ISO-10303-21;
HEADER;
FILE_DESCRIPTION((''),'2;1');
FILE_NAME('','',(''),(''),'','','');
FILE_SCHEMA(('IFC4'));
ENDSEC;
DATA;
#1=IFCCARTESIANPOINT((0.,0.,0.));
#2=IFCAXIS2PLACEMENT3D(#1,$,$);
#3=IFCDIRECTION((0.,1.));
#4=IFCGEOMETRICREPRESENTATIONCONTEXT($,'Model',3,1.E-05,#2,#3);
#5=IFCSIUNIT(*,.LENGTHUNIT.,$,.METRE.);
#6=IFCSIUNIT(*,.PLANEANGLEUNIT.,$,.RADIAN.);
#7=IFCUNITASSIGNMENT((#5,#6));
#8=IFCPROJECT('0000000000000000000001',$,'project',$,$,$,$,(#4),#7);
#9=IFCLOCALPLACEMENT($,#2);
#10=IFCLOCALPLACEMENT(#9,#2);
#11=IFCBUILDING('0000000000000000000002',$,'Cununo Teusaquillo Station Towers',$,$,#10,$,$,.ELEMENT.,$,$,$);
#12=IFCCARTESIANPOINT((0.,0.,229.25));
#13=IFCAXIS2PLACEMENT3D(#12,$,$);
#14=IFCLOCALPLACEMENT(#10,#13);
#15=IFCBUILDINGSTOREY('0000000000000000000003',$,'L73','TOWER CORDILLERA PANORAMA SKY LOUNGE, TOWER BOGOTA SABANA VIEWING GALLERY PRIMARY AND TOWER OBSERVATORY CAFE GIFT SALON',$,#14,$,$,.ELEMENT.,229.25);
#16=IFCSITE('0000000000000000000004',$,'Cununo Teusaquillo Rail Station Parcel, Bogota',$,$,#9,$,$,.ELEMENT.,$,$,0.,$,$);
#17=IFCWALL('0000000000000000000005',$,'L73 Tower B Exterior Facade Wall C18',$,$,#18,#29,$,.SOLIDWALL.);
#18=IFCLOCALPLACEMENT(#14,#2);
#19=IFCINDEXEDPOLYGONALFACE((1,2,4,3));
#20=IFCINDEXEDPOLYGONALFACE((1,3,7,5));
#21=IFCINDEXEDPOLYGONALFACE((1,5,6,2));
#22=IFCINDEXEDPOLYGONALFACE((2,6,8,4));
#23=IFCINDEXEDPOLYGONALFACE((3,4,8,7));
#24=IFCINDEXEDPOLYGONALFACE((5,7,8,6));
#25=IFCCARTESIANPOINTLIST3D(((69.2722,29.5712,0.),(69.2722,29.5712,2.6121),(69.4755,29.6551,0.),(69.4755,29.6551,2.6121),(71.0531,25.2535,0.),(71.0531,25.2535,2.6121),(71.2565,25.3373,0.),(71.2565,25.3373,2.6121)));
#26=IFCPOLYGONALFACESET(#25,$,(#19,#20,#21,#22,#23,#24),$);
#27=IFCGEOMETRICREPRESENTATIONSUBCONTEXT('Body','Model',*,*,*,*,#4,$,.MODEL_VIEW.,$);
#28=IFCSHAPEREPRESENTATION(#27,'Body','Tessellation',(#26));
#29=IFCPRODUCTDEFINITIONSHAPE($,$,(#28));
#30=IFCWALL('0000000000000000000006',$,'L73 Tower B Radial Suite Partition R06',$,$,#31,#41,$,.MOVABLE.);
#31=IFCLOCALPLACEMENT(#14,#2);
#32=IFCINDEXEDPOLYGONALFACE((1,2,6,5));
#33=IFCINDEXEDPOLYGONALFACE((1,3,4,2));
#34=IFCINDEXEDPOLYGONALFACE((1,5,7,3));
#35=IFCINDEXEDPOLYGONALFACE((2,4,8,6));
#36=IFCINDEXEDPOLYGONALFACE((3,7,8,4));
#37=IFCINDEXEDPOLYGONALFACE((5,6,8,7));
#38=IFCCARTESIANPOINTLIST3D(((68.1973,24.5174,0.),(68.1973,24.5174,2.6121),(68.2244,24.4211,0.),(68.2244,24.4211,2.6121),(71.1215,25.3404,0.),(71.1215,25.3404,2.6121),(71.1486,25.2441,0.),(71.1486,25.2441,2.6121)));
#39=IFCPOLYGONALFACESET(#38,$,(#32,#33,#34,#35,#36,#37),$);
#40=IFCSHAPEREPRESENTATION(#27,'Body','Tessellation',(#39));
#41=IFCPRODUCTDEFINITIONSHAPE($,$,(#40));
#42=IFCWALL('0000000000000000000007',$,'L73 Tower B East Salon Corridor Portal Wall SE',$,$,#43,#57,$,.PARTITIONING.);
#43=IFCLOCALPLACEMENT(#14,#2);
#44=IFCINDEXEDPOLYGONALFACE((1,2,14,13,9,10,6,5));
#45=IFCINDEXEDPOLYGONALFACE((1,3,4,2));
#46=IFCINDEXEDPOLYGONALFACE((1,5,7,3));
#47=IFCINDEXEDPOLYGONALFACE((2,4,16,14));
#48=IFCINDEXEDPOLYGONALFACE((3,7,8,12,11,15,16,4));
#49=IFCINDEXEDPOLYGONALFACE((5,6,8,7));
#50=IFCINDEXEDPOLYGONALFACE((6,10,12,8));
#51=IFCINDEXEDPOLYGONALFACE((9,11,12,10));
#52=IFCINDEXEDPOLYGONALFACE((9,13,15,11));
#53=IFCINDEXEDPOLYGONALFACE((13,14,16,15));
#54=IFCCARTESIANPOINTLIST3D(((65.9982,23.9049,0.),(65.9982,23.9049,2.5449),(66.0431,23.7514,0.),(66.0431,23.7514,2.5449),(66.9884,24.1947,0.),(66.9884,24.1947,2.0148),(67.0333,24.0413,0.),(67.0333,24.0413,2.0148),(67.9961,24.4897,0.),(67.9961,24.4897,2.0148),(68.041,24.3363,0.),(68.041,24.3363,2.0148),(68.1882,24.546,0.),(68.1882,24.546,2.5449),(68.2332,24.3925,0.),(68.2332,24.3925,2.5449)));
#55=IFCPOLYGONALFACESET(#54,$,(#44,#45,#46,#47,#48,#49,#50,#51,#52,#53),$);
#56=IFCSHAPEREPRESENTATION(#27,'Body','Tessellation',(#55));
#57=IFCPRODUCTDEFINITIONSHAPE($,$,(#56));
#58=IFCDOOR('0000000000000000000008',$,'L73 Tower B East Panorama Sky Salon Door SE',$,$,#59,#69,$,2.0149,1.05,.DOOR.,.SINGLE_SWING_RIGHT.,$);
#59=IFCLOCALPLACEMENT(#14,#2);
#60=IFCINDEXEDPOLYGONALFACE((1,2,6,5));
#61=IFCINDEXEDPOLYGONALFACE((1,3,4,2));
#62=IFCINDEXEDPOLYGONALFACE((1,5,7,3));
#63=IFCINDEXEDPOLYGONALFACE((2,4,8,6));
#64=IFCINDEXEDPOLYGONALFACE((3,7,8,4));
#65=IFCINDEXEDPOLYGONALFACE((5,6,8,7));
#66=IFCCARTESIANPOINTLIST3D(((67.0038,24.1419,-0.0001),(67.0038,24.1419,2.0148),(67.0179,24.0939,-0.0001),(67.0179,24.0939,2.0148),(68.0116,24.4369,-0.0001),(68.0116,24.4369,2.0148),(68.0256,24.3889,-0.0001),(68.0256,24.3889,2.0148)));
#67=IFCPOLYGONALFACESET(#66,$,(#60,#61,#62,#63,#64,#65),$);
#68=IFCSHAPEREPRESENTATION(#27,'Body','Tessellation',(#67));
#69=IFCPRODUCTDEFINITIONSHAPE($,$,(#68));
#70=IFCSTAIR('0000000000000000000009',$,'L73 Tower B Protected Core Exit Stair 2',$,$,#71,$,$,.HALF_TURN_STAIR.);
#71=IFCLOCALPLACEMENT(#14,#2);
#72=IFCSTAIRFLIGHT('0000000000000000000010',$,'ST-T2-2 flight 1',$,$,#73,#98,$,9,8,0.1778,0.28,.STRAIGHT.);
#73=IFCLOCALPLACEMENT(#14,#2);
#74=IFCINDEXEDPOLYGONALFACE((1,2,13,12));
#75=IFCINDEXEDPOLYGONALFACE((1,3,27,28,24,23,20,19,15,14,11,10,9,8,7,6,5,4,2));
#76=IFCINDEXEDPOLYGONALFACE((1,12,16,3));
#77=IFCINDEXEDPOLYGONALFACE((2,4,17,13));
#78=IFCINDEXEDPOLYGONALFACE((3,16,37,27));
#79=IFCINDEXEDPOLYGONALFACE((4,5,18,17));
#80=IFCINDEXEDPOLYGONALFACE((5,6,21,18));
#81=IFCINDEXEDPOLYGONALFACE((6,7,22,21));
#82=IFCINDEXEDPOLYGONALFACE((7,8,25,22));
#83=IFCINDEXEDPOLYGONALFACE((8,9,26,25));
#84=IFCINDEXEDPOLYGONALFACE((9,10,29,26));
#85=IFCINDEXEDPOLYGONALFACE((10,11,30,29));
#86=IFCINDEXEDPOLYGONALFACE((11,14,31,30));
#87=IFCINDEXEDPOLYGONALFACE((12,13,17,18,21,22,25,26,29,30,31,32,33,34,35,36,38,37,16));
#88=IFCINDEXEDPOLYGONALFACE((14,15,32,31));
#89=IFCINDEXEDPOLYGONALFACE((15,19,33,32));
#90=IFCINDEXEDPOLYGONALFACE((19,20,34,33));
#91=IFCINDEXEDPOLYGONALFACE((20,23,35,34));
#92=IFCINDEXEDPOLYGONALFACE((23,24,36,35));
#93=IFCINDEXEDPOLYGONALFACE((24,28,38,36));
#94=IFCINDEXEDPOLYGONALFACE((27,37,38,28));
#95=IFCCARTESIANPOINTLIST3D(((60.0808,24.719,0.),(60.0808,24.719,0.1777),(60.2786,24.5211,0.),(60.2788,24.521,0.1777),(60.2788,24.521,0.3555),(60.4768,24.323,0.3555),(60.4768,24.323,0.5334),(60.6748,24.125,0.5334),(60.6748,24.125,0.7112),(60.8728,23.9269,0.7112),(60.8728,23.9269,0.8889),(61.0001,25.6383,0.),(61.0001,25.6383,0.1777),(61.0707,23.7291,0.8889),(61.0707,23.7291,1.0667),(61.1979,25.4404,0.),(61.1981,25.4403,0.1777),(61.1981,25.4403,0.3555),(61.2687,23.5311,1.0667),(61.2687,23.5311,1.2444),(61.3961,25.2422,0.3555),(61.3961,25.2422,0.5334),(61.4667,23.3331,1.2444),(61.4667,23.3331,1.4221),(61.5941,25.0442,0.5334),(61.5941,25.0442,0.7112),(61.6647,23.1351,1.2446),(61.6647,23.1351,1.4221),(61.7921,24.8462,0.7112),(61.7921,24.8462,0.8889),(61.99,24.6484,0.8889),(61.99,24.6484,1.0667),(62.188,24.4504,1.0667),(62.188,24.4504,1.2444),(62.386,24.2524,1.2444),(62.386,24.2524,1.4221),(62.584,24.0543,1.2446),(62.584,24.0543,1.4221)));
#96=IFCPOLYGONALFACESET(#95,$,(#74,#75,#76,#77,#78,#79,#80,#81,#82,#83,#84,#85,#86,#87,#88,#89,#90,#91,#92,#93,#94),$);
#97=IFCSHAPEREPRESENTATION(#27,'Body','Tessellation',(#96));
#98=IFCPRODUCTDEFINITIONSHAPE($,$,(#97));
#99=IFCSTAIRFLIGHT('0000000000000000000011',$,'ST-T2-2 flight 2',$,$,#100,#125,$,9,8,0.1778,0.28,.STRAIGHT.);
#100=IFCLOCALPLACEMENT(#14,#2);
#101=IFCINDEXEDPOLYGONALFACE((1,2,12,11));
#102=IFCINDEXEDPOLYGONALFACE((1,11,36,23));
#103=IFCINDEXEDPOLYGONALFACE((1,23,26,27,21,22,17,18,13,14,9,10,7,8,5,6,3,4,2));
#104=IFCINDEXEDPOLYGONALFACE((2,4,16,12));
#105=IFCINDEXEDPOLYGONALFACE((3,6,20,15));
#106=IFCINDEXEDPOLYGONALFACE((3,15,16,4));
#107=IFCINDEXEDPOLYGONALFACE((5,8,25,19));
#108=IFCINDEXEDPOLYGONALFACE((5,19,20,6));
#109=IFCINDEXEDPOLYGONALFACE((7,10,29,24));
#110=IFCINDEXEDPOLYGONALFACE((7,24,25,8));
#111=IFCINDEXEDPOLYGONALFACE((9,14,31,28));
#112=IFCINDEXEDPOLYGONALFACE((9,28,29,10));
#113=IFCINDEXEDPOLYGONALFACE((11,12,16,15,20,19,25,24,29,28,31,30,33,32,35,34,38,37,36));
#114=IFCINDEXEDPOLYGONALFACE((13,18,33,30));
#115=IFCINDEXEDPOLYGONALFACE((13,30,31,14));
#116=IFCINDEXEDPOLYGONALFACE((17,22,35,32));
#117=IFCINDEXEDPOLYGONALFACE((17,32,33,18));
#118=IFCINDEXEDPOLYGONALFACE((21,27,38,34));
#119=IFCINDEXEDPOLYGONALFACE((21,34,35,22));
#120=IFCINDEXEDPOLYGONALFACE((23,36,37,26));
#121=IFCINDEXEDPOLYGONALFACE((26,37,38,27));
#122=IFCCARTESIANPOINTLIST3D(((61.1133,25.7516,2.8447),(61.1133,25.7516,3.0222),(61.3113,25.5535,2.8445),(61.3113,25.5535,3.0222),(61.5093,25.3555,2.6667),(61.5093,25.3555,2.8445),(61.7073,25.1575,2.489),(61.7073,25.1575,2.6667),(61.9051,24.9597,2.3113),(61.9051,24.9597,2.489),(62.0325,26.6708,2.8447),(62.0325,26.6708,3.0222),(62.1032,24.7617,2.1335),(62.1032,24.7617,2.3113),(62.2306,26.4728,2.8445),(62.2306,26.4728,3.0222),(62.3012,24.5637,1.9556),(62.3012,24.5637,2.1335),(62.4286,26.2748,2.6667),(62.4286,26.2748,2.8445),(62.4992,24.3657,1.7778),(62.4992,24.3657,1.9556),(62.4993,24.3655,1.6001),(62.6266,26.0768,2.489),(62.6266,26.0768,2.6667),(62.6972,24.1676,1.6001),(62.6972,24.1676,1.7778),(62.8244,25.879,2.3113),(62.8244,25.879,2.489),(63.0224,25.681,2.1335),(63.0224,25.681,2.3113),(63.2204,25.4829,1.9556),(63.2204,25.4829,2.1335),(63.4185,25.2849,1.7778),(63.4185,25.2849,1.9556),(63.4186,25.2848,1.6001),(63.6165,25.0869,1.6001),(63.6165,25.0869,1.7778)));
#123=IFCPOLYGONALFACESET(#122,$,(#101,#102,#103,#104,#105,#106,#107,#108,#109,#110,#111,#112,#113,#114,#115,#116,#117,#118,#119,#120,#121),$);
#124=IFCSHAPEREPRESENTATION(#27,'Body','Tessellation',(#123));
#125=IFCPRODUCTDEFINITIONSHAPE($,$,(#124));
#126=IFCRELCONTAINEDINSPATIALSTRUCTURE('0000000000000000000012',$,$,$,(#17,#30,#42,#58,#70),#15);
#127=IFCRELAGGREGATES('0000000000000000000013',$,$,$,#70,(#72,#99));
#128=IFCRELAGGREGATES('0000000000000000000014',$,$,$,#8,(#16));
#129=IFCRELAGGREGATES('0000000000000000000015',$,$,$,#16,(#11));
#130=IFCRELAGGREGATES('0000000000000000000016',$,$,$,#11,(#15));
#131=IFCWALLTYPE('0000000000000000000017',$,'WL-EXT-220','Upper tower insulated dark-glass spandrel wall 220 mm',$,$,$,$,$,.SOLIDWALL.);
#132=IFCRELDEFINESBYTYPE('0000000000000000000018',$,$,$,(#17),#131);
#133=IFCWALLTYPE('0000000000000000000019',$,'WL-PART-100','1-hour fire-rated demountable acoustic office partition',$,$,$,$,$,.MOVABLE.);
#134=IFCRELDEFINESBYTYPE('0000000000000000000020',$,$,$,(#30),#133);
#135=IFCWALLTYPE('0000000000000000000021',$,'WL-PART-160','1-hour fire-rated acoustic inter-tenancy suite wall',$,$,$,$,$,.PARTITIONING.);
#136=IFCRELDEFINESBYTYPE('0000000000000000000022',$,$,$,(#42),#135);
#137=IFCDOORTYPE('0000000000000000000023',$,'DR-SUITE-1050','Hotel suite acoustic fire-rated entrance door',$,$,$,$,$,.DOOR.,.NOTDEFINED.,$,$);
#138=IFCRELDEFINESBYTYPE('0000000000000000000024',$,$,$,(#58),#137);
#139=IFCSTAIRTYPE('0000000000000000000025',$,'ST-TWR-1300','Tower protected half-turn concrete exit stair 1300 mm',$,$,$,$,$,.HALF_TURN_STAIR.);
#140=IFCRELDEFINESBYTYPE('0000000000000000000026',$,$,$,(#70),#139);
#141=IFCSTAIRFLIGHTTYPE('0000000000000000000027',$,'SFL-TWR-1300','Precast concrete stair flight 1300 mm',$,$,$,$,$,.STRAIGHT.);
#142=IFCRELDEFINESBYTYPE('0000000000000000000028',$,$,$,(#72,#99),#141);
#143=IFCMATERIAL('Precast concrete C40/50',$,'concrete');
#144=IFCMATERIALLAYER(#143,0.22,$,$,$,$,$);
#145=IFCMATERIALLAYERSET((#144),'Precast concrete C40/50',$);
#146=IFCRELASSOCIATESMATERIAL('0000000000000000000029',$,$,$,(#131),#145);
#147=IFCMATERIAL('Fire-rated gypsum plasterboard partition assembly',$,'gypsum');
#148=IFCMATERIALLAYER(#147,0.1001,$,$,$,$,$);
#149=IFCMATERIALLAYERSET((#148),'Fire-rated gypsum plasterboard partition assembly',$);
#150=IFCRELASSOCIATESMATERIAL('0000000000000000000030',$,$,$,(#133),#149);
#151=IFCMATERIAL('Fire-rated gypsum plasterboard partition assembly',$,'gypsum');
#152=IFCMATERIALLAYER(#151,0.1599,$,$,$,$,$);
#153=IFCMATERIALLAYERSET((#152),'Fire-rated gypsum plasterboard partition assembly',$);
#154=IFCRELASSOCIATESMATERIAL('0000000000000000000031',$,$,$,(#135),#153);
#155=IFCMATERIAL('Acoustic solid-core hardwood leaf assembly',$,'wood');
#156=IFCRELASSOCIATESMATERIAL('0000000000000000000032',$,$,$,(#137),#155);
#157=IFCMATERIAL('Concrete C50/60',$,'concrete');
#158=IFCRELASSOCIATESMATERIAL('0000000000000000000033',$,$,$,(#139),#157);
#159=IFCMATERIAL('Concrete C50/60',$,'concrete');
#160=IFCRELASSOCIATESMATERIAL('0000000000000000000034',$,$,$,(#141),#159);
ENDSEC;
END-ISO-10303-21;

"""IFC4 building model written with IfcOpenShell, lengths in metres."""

from ifc_helpers import new_model, si_unit, direction, frame, frame_2d, origin, place, context, subcontext, project, spatial, polyline, rectangle, outline, extrude, source, transform, mapped, material, layer, layer_set, type_object, element, fill, aggregate, save


model = new_model("IFC4")

# Units and contexts
model_context = context("Model", 3, precision=1e-05, world=origin(), true_north=direction((0.0, 1.0)))
body_context = subcontext(model_context, "Body", "Model", "MODEL_VIEW")
ifc_project = project(units=[si_unit("LENGTHUNIT", "METRE"), si_unit("PLANEANGLEUNIT", "RADIAN")], contexts=[model_context])

# Site, building, storey
site_placement = place(None, origin())
site = spatial("IfcSite", under=ifc_project, at=site_placement, Name="Cununo Teusaquillo Rail Station Parcel, Bogota", CompositionType="ELEMENT", RefElevation=0.0)
building_placement = place(site_placement, origin())
building = spatial("IfcBuilding", under=site, at=building_placement, Name="Cununo Teusaquillo Station Towers", CompositionType="ELEMENT")
storey_placement = place(building_placement, frame((0.0, 0.0, 229.25)))
storey = spatial("IfcBuildingStorey", under=building, at=storey_placement, Name="L73", Description="TOWER CORDILLERA PANORAMA SKY LOUNGE, TOWER BOGOTA SABANA VIEWING GALLERY PRIMARY AND TOWER OBSERVATORY CAFE GIFT SALON", CompositionType="ELEMENT", Elevation=229.25)

# Shared definitions
ifc_material_1 = material(Name="Precast concrete C40/50", Category="concrete")
ifc_layer_1 = layer(ifc_material_1, 0.22)
ifc_layer_set_1 = layer_set([ifc_layer_1], Name="Precast concrete C40/50")
wall_type_1 = type_object("IfcWallType", Name="WL-EXT-220", Description="Upper tower insulated dark-glass spandrel wall 220 mm", PredefinedType="SOLIDWALL", material=ifc_layer_set_1)

# Walls
wall_1_placement = place(storey_placement, frame((69.3738, 29.6133, 0.0), z_axis=(0.0, 0.0, 1.0), x_axis=(0.38131, -0.924447, 0.0)))
element("IfcWall", 1, at=wall_1_placement, inside=storey, type_object=wall_type_1, Name="L73 Tower B Exterior Facade Wall C18", PredefinedType="SOLIDWALL", context=body_context, shape_type="SweptSolid", body=[
    extrude(rectangle(XDim=4.6707, YDim=0.22, at=frame_2d((2.3354, 0.0))), origin(), (0.0, 0.0, 1.0), 2.6121),
])
ifc_material_2 = material(Name="Fire-rated gypsum plasterboard partition assembly", Category="gypsum")
ifc_layer_2 = layer(ifc_material_2, 0.1001)
ifc_layer_set_2 = layer_set([ifc_layer_2], Name="Fire-rated gypsum plasterboard partition assembly")
wall_type_2 = type_object("IfcWallType", Name="WL-PART-100", Description="1-hour fire-rated demountable acoustic office partition", PredefinedType="MOVABLE", material=ifc_layer_set_2)
wall_2_placement = place(storey_placement, frame((68.2107, 24.4692, 0.0), z_axis=(0.0, 0.0, 1.0), x_axis=(0.962605, 0.270908, 0.0)))
element("IfcWall", 2, at=wall_2_placement, inside=storey, type_object=wall_type_2, Name="L73 Tower B Radial Suite Partition R06", PredefinedType="MOVABLE", context=body_context, shape_type="SweptSolid", body=[
    extrude(rectangle(XDim=3.0378, YDim=0.1001, at=frame_2d((1.519, 0.0))), origin(), (0.0, 0.0, 1.0), 2.6121),
])

# Wall, opening, door
ifc_material_3 = material(Name="Fire-rated gypsum plasterboard partition assembly", Category="gypsum")
ifc_layer_3 = layer(ifc_material_3, 0.1599)
ifc_layer_set_3 = layer_set([ifc_layer_3], Name="Fire-rated gypsum plasterboard partition assembly")
wall_type_3 = type_object("IfcWallType", Name="WL-PART-160", Description="1-hour fire-rated acoustic inter-tenancy suite wall", PredefinedType="PARTITIONING", material=ifc_layer_set_3)
wall_3_placement = place(storey_placement, frame((66.0205, 23.8281, 0.0), z_axis=(0.0, 0.0, 1.0), x_axis=(0.959728, 0.280932, 0.0)))
wall_3 = element("IfcWall", 3, at=wall_3_placement, inside=storey, type_object=wall_type_3, Name="L73 Tower B East Salon Corridor Portal Wall SE", PredefinedType="PARTITIONING", context=body_context, shape_type="SweptSolid", body=[
    extrude(rectangle(XDim=2.282, YDim=0.1599, at=frame_2d((1.1411, 0.0))), origin(), (0.0, 0.0, 1.0), 2.5449),
])
shared_shape_1 = source(origin(), body_context, "Body", "SweptSolid", [
    extrude(rectangle(XDim=1.05, YDim=2.0149, at=frame_2d((0.5249, 1.0073))), frame((0.0, 0.0898, 0.0), z_axis=(0.0, -1.0, 0.0), x_axis=(1.0, 0.0, 0.0)), (0.0, 0.0, 1.0), 0.1799),
])
opening_1_placement = place(wall_3_placement, frame((1.032, 0.0, 0.0)))
opening_1 = element("IfcOpeningElement", 4, at=opening_1_placement, cuts=wall_3, PredefinedType="OPENING", context=body_context, shape_type="MappedRepresentation", body=[
    mapped(shared_shape_1, transform((0.0, 0.0, 0.0), x_axis=(1.0, 0.0, 0.0), y_axis=(0.0, 1.0, 0.0), z_axis=(0.0, 0.0, 1.0), scale=1.0)),
])
ifc_material_4 = material(Name="Acoustic solid-core hardwood leaf assembly", Category="wood")
door_type = type_object("IfcDoorType", Name="DR-SUITE-1050", Description="Hotel suite acoustic fire-rated entrance door", OperationType="NOTDEFINED", PredefinedType="DOOR", material=ifc_material_4)
shared_shape_2 = source(origin(), body_context, "Body", "SweptSolid", [
    extrude(rectangle(XDim=1.05, YDim=2.0149, at=frame_2d((0.5249, 1.0073))), frame((0.0, 0.0249, 0.0), z_axis=(0.0, -1.0, 0.0), x_axis=(1.0, 0.0, 0.0)), (0.0, 0.0, 1.0), 0.05),
])
door_placement = place(opening_1_placement, origin())
door = element("IfcDoor", 5, at=door_placement, inside=storey, type_object=door_type, Name="L73 Tower B East Panorama Sky Salon Door SE", OperationType="SINGLE_SWING_RIGHT", OverallHeight=2.0149, OverallWidth=1.05, PredefinedType="DOOR", context=body_context, shape_type="MappedRepresentation", body=[
    mapped(shared_shape_2, transform((0.0, 0.0, 0.0), x_axis=(1.0, 0.0, 0.0), y_axis=(0.0, 1.0, 0.0), z_axis=(0.0, 0.0, 1.0), scale=1.0)),
])
fill(opening_1, door)

# Stair, stair flights
ifc_material_5 = material(Name="Concrete C50/60", Category="concrete")
stair_type = type_object("IfcStairType", Name="ST-TWR-1300", Description="Tower protected half-turn concrete exit stair 1300 mm", PredefinedType="HALF_TURN_STAIR", material=ifc_material_5)
stair_placement = place(storey_placement, origin())
stair = element("IfcStair", 6, at=stair_placement, inside=storey, type_object=stair_type, Name="L73 Tower B Protected Core Exit Stair 2", PredefinedType="HALF_TURN_STAIR")
ifc_material_6 = material(Name="Concrete C50/60", Category="concrete")
stair_flight_type = type_object("IfcStairFlightType", Name="SFL-TWR-1300", Description="Precast concrete stair flight 1300 mm", PredefinedType="STRAIGHT", material=ifc_material_6)
stair_flight_1_placement = place(storey_placement, frame((60.5405, 25.1787, 0.0), z_axis=(0.0, 0.0, 1.0), x_axis=(0.707107, -0.707107, 0.0)))
stair_flight_1 = element("IfcStairFlight", 7, at=stair_flight_1_placement, type_object=stair_flight_type, Name="ST-T2-2 flight 1", NumberOfRisers=9, NumberOfTreads=8, PredefinedType="STRAIGHT", RiserHeight=0.1778, TreadLength=0.28, context=body_context, shape_type="SweptSolid", body=[
    extrude(outline(polyline([(0.0, 0.0), (0.0, 0.1777), (0.28, 0.1777), (0.28, 0.3555), (0.5601, 0.3555), (0.5601, 0.5334), (0.8401, 0.5334), (0.8401, 0.7112), (1.1201, 0.7112), (1.1201, 0.8889), (1.3999, 0.8889), (1.3999, 1.0667), (1.6799, 1.0667), (1.6799, 1.2444), (1.96, 1.2444), (1.96, 1.4221), (2.24, 1.4221), (2.24, 1.6001), (2.24, 1.2446), (0.2798, 0.0), (0.0, 0.0)])), frame((0.0, 0.6499, 0.0), z_axis=(0.0, -1.0, 0.0), x_axis=(1.0, 0.0, 0.0)), (0.0, 0.0, 1.0), 1.3),
])
stair_flight_2_placement = place(storey_placement, frame((63.1567, 24.6272, 1.6001), z_axis=(0.0, 0.0, 1.0), x_axis=(-0.707107, 0.707107, 0.0)))
stair_flight_2 = element("IfcStairFlight", 8, at=stair_flight_2_placement, type_object=stair_flight_type, Name="ST-T2-2 flight 2", NumberOfRisers=9, NumberOfTreads=8, PredefinedType="STRAIGHT", RiserHeight=0.1778, TreadLength=0.28, context=body_context, shape_type="SweptSolid", body=[
    extrude(outline(polyline([(0.0, 0.0), (0.0, 0.1777), (0.28, 0.1777), (0.28, 0.3555), (0.5601, 0.3555), (0.5601, 0.5334), (0.8401, 0.5334), (0.8401, 0.7112), (1.1201, 0.7112), (1.1201, 0.8889), (1.3999, 0.8889), (1.3999, 1.0667), (1.6799, 1.0667), (1.6799, 1.2444), (1.96, 1.2444), (1.96, 1.4221), (2.24, 1.4221), (2.24, 1.6001), (2.24, 1.2446), (0.2798, 0.0), (0.0, 0.0)])), frame((0.0, 0.6499, 0.0), z_axis=(0.0, -1.0, 0.0), x_axis=(1.0, 0.0, 0.0)), (0.0, 0.0, 1.0), 1.3),
])
aggregate(stair, [stair_flight_1, stair_flight_2])

save(model, "model.ifc")
